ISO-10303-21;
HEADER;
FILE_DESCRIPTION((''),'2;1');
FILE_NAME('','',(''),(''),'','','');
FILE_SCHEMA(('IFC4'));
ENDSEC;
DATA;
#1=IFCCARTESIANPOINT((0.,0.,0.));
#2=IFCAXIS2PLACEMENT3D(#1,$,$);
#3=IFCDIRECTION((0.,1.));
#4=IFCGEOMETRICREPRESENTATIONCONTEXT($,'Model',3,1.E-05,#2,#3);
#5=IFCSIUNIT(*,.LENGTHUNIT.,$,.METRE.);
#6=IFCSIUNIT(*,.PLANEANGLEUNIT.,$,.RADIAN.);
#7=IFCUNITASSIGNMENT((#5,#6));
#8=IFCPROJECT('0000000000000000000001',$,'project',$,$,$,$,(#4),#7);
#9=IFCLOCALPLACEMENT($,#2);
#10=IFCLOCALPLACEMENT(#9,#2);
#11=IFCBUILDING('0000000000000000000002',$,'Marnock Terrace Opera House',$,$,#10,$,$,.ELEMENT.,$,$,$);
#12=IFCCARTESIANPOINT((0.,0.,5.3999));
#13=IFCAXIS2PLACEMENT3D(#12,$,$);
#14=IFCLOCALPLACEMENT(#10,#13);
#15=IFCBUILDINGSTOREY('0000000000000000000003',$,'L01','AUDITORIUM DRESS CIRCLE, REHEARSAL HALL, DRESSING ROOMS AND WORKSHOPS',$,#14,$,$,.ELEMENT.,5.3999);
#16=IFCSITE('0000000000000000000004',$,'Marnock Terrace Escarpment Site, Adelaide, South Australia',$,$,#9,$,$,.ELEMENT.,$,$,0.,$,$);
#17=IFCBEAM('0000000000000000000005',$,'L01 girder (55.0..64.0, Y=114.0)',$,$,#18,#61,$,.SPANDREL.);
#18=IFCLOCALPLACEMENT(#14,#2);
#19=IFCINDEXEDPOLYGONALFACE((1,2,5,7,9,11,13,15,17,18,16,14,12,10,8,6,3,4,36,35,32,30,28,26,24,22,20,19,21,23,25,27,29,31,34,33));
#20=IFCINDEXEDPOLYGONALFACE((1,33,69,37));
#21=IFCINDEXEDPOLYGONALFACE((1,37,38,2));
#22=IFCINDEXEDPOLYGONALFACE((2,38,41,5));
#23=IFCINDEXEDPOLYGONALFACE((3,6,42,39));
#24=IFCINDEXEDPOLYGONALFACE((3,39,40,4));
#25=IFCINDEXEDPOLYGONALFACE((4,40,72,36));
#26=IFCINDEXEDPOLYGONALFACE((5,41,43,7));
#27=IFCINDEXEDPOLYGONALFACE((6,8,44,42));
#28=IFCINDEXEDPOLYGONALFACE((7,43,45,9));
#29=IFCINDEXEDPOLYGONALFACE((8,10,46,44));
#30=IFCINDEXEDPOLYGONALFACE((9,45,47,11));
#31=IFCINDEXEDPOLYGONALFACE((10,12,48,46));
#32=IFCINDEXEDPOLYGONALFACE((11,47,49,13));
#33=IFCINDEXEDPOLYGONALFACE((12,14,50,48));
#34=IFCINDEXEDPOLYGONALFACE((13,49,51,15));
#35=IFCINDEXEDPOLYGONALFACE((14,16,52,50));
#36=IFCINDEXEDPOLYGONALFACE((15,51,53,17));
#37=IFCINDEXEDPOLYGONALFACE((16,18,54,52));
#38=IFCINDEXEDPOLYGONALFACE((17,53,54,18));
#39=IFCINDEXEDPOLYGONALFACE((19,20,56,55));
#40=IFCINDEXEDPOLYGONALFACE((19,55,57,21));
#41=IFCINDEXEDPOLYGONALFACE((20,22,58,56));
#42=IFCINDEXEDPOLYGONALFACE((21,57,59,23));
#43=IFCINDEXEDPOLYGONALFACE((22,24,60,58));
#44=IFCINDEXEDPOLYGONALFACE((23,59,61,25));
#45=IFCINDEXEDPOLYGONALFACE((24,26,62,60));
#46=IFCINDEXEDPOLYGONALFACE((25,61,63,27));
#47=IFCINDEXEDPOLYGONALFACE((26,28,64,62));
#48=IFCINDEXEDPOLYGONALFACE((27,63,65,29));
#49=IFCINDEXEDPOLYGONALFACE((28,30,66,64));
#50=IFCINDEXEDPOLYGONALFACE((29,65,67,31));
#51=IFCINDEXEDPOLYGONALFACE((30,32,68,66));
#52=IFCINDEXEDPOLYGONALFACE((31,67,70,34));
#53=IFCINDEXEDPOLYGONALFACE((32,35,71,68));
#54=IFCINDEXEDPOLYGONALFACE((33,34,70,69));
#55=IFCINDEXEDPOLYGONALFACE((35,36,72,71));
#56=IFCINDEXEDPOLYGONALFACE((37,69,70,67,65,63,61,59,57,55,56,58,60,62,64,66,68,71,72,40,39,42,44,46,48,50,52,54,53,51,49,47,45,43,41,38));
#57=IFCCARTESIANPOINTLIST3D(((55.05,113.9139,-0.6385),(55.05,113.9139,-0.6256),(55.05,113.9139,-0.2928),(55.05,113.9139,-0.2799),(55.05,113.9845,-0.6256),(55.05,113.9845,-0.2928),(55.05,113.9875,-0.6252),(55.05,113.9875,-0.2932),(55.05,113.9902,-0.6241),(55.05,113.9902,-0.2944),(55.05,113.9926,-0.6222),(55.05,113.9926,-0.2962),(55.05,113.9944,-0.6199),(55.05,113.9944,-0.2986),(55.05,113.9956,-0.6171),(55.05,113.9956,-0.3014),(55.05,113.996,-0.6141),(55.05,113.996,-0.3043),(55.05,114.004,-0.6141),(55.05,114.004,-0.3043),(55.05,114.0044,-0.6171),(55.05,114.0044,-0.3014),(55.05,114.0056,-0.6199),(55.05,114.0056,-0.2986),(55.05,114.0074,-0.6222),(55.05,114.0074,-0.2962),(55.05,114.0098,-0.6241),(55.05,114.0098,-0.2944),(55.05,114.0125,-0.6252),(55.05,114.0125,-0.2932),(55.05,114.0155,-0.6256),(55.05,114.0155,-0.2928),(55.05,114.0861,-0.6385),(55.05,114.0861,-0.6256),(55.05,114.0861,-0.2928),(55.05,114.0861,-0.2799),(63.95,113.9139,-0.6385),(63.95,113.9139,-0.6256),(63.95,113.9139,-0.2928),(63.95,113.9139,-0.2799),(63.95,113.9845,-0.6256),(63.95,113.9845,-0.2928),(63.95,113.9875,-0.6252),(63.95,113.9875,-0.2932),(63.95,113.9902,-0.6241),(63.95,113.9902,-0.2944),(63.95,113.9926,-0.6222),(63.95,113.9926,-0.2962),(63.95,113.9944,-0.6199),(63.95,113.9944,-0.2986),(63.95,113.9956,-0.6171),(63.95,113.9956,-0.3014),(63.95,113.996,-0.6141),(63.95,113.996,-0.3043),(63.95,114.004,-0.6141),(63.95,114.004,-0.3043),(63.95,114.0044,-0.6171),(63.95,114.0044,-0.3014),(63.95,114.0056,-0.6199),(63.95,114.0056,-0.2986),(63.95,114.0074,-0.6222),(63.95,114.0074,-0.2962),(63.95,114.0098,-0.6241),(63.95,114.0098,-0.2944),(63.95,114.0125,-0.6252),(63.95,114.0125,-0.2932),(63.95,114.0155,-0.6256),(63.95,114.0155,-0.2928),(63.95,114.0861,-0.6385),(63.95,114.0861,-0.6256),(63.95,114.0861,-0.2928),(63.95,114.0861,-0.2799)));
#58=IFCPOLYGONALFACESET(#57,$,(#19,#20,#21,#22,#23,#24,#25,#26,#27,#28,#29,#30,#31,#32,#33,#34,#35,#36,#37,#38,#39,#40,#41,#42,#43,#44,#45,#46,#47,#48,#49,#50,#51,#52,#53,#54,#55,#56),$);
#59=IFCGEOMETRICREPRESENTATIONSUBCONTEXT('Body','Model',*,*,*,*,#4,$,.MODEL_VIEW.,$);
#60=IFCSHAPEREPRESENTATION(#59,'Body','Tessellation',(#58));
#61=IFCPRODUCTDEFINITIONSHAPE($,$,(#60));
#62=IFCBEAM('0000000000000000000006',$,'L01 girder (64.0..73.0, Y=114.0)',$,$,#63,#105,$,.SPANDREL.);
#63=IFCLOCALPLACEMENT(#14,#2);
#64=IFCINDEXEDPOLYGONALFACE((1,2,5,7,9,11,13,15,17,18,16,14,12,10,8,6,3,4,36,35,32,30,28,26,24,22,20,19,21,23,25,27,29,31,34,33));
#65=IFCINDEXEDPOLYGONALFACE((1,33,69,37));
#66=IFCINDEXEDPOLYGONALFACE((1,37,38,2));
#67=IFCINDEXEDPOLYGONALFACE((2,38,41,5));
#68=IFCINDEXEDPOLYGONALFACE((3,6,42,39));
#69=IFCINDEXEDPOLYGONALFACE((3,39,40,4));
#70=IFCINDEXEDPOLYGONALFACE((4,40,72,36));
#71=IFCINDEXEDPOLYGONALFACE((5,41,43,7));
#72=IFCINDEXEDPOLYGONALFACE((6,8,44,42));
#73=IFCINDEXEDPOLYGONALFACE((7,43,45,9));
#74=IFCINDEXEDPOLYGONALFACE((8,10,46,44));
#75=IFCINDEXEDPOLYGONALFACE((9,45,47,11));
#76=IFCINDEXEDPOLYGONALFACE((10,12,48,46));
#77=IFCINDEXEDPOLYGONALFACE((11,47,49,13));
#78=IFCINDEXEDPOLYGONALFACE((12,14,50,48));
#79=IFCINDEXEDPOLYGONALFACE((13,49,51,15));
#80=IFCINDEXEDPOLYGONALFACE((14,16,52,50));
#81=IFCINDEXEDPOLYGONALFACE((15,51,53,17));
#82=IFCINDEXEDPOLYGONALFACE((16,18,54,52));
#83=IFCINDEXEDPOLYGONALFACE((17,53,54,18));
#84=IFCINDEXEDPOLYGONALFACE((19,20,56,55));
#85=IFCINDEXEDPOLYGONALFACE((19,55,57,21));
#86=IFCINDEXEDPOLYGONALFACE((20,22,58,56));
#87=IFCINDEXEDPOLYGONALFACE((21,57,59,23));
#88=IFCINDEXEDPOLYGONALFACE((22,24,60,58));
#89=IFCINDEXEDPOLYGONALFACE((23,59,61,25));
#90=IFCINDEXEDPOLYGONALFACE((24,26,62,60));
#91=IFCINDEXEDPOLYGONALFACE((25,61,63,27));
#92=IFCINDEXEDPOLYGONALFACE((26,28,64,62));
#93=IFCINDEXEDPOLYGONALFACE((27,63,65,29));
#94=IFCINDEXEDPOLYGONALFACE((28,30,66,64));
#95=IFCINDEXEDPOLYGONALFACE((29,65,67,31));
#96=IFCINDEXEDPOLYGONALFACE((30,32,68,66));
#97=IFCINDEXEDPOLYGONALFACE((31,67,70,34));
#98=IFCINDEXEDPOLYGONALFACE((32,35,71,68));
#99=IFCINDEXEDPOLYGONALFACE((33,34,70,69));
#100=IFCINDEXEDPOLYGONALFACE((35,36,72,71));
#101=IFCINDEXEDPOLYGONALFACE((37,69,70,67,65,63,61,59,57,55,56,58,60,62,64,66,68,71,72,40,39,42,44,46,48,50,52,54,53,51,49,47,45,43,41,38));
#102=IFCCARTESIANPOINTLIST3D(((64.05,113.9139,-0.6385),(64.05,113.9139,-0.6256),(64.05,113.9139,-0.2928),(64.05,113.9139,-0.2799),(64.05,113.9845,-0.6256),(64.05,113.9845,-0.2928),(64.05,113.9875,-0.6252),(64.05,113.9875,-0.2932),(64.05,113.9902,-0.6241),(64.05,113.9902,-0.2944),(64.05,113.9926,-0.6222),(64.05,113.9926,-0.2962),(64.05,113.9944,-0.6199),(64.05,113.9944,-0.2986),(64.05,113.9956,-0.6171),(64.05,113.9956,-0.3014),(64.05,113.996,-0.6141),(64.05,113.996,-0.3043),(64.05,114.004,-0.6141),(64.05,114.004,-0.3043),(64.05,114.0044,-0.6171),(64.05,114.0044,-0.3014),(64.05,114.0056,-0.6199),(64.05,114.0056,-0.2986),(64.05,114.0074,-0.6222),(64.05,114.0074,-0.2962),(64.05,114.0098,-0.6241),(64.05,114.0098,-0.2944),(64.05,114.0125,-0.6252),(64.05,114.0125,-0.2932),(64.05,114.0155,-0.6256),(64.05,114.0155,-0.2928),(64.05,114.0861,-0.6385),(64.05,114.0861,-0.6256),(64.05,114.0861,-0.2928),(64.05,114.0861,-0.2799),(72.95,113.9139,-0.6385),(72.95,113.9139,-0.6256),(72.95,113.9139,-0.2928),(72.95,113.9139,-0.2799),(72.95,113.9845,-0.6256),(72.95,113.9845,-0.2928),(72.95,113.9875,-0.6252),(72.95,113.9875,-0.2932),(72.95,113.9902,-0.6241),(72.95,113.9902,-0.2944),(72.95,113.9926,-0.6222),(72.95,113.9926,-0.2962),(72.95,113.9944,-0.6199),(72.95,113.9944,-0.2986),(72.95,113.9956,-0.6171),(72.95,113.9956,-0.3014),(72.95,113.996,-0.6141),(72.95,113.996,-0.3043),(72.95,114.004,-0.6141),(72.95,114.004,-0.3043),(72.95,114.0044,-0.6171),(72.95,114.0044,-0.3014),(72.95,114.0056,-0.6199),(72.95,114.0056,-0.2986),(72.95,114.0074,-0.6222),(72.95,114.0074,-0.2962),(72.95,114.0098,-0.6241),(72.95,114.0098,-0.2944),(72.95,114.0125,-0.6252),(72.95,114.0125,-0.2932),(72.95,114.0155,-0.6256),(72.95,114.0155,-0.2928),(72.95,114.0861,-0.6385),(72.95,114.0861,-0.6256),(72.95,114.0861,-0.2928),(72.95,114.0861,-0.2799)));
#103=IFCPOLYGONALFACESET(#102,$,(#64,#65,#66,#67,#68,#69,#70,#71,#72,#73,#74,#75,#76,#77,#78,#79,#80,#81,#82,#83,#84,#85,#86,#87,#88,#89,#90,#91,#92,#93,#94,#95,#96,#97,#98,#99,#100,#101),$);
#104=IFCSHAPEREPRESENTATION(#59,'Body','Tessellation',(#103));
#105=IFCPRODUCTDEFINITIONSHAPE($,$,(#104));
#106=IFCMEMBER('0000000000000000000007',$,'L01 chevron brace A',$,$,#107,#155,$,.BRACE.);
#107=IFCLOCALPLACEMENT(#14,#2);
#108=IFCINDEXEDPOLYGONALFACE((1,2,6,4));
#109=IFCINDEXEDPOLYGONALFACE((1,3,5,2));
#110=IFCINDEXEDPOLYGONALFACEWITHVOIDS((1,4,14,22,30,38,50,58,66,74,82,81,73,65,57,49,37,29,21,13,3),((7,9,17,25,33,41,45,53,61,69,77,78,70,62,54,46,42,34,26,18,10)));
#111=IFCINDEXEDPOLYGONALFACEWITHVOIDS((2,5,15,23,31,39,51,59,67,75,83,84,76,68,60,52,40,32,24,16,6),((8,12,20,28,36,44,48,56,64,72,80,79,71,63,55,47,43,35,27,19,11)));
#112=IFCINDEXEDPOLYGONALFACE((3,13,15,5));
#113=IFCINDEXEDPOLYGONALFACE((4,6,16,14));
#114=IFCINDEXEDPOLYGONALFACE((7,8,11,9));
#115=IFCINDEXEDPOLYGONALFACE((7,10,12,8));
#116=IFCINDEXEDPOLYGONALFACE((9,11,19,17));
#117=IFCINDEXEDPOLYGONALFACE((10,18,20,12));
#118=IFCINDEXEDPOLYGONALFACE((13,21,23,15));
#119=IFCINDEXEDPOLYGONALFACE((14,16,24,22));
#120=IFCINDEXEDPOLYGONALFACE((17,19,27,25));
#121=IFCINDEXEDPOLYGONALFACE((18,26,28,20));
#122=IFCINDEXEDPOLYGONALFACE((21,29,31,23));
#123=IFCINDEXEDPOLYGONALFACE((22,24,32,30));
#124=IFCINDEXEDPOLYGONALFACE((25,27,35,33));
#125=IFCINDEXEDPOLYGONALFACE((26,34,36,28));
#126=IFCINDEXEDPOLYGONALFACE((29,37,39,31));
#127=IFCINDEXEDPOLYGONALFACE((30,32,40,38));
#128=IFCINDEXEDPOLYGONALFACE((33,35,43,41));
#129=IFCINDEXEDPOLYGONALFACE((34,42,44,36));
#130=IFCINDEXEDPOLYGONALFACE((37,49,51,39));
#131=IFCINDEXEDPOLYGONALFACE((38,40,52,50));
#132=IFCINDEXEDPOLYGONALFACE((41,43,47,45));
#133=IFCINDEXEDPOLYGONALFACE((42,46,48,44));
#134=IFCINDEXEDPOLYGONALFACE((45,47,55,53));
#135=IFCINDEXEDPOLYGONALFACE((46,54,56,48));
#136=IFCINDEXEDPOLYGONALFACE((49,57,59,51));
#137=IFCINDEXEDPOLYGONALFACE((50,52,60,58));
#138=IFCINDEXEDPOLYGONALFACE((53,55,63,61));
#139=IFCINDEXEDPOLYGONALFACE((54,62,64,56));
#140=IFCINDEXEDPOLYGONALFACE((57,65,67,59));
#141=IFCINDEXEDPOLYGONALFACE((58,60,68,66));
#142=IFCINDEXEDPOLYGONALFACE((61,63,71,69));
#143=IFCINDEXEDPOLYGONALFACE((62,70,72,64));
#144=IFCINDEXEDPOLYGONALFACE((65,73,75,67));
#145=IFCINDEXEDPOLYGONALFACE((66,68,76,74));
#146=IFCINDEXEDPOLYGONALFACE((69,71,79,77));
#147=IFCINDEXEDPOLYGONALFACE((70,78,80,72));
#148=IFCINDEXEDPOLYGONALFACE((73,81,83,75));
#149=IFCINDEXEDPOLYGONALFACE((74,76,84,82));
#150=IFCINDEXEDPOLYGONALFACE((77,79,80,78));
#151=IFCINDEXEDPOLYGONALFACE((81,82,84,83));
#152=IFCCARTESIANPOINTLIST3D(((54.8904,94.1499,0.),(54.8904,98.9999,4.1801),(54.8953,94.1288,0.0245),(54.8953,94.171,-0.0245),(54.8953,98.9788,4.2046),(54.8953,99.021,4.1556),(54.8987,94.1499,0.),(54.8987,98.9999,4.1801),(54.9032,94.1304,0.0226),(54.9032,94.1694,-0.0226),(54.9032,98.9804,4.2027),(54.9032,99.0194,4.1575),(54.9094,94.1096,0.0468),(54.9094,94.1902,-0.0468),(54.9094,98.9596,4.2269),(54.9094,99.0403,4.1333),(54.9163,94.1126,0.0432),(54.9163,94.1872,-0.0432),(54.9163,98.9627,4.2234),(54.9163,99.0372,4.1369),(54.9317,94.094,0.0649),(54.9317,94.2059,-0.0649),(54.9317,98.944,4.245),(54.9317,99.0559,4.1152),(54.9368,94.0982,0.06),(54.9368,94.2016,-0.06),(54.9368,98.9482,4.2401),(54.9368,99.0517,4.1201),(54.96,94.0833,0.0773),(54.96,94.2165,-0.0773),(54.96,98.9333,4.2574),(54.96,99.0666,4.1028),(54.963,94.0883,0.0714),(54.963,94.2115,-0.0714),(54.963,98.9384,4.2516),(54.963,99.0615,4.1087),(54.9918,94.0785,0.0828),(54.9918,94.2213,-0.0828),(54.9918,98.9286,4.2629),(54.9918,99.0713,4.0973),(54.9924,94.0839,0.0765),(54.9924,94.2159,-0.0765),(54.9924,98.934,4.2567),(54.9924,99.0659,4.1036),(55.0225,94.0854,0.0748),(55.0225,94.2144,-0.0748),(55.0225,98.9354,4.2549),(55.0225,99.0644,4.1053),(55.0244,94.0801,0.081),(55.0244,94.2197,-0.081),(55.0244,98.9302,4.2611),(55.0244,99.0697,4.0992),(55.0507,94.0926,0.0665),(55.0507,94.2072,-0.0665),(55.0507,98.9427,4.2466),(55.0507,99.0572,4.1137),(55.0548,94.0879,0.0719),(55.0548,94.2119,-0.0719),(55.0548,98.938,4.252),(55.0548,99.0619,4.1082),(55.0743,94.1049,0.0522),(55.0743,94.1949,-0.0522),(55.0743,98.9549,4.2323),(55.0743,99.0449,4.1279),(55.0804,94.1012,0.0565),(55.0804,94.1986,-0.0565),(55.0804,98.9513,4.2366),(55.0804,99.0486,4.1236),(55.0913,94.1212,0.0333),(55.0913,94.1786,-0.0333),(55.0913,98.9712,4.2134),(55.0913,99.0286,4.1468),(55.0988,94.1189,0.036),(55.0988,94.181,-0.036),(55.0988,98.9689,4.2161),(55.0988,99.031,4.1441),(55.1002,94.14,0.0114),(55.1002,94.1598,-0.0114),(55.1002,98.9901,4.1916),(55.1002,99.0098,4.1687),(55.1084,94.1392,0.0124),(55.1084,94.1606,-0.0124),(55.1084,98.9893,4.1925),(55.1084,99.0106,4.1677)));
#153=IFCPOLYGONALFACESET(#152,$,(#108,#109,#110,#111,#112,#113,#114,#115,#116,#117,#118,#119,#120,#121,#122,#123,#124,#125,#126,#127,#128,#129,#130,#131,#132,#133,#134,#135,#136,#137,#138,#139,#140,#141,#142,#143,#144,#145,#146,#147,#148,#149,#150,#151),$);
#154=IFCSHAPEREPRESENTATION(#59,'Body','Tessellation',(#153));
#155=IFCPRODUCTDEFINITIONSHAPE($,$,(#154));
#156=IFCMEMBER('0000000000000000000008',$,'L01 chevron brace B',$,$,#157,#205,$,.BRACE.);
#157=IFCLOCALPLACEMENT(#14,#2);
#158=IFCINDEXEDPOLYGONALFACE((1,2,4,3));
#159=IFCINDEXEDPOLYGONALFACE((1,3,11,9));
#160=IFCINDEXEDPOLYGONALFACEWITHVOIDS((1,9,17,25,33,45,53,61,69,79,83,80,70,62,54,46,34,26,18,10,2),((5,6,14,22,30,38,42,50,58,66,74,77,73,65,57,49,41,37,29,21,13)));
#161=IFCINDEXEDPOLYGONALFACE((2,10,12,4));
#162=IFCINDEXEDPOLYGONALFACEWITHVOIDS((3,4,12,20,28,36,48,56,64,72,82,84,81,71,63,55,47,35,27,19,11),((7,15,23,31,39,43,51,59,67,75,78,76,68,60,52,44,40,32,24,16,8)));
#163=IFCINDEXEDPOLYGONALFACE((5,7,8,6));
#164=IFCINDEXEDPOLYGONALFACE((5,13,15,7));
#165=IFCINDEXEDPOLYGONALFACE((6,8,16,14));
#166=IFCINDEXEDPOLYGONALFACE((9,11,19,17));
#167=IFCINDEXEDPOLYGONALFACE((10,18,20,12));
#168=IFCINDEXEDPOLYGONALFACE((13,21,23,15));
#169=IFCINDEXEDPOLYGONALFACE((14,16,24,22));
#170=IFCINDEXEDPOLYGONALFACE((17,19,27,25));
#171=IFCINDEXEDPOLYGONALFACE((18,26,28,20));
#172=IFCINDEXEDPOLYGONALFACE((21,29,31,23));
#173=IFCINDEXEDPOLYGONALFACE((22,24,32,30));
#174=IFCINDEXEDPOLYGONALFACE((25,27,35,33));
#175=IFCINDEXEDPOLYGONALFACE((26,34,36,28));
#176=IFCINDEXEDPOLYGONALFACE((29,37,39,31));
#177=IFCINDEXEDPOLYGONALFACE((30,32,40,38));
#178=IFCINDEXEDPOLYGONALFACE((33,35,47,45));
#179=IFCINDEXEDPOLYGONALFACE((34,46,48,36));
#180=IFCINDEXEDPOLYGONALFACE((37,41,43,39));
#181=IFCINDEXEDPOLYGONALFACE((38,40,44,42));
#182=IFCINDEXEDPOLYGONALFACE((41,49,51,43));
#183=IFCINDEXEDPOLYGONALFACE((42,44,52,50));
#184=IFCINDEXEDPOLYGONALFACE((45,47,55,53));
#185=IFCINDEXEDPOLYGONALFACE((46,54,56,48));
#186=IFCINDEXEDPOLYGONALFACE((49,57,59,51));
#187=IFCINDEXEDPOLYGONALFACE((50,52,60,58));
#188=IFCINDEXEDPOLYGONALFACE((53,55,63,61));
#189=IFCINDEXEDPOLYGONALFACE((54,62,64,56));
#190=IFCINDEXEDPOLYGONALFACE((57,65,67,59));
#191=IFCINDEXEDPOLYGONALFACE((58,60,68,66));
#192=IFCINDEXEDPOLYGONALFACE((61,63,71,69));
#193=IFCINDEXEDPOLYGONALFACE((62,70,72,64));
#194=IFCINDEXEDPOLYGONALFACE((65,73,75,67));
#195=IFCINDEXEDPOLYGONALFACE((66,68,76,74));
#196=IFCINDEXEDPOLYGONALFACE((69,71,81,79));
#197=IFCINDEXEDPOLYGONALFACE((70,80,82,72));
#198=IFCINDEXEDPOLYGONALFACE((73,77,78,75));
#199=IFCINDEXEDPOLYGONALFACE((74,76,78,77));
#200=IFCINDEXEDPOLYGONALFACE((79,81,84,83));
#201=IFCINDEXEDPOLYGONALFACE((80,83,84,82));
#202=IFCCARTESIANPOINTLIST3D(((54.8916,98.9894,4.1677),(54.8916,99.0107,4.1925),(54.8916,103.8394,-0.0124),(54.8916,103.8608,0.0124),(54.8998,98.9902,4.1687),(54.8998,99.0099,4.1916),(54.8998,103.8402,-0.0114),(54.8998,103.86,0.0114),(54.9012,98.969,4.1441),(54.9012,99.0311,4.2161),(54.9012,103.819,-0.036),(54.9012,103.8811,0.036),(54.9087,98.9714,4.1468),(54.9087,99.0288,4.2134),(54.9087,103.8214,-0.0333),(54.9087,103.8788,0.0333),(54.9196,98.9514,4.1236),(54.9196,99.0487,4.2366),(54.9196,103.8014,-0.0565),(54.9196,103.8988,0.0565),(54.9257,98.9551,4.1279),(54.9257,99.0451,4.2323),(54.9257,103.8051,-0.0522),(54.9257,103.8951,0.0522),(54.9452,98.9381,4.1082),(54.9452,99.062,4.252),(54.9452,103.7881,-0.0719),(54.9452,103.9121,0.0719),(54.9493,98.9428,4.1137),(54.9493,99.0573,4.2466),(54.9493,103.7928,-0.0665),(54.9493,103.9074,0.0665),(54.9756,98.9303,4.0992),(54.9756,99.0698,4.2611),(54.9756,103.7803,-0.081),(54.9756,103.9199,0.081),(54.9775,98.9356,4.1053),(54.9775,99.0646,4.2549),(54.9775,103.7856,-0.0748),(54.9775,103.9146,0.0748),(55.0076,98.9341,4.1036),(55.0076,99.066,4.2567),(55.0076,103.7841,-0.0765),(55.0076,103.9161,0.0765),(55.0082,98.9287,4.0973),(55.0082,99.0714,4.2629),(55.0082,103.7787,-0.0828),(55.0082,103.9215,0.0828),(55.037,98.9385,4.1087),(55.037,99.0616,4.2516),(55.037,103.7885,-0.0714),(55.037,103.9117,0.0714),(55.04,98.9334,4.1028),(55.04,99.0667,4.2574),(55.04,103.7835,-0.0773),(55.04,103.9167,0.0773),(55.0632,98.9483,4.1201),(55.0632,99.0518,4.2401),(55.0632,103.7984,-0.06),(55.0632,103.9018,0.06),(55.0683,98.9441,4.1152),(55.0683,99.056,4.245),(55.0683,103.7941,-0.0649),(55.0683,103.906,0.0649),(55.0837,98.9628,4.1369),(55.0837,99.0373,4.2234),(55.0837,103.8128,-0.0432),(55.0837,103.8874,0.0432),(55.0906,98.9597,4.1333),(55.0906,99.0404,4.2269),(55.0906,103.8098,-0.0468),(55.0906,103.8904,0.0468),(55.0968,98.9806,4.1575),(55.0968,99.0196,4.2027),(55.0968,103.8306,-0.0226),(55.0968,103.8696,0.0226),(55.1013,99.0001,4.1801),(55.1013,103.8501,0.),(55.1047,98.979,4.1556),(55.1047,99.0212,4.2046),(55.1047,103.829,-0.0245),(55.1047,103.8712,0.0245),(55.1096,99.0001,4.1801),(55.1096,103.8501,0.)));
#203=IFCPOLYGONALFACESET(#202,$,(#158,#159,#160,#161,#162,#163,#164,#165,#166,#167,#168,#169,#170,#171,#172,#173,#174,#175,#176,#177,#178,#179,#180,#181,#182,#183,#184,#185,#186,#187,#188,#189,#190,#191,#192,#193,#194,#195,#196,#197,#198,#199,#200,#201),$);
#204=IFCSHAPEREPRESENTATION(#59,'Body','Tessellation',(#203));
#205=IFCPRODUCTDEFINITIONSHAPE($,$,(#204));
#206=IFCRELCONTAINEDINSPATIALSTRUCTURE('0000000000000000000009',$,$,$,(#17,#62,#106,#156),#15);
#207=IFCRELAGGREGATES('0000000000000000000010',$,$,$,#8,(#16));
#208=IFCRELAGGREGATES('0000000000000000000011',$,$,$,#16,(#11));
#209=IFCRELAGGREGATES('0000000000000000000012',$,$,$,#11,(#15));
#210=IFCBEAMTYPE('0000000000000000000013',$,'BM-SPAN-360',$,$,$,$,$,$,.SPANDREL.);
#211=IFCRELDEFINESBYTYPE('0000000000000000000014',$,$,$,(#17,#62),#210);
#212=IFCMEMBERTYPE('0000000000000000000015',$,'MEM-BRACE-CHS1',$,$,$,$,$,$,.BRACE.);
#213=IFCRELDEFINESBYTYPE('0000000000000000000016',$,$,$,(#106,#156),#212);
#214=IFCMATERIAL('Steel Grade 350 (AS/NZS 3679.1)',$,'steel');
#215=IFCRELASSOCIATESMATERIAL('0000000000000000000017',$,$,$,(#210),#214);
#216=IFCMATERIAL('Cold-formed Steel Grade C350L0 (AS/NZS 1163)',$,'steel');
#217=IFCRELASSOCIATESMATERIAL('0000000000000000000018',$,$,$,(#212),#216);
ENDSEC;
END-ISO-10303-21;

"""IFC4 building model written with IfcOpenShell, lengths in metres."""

from ifc_helpers import new_model, si_unit, direction, frame, origin, origin_2d, place, context, subcontext, project, spatial, hollow_circle, i_section, extrude, material, material_profile, profile_set, type_object, element, save


model = new_model("IFC4")

# Units and contexts
model_context = context("Model", 3, precision=1e-05, world=origin(), true_north=direction((0.0, 1.0)))
body_context = subcontext(model_context, "Body", "Model", "MODEL_VIEW")
ifc_project = project(units=[si_unit("LENGTHUNIT", "METRE"), si_unit("PLANEANGLEUNIT", "RADIAN")], contexts=[model_context])

# Site, building, storey
site_placement = place(None, origin())
site = spatial("IfcSite", under=ifc_project, at=site_placement, Name="Marnock Terrace Escarpment Site, Adelaide, South Australia", CompositionType="ELEMENT", RefElevation=0.0)
building_placement = place(site_placement, origin())
building = spatial("IfcBuilding", under=site, at=building_placement, Name="Marnock Terrace Opera House", CompositionType="ELEMENT")
storey_placement = place(building_placement, frame((0.0, 0.0, 5.3999)))
storey = spatial("IfcBuildingStorey", under=building, at=storey_placement, Name="L01", Description="AUDITORIUM DRESS CIRCLE, REHEARSAL HALL, DRESSING ROOMS AND WORKSHOPS", CompositionType="ELEMENT", Elevation=5.3999)

# Beams
ifc_material_1 = material(Name="Steel Grade 350 (AS/NZS 3679.1)", Category="steel")
ifc_material_profile_1 = material_profile(ifc_material_1, i_section(OverallWidth=0.1721, OverallDepth=0.3586, WebThickness=0.0081, FlangeThickness=0.0129, FilletRadius=0.0115, at=origin_2d()))
ifc_profile_set_1 = profile_set([ifc_material_profile_1], Name="Steel Grade 350 (AS/NZS 3679.1)")
beam_type_1 = type_object("IfcBeamType", Name="BM-SPAN-360", PredefinedType="SPANDREL", material=ifc_profile_set_1)
for number, where, z_axis, x_axis, name in (
    (1, (55.05, 114.0, -0.4592), (1.0, 0.0, 0.0), (0.0, 1.0, 0.0), "L01 girder (55.0..64.0, Y=114.0)"),
    (2, (64.05, 114.0, -0.4592), (1.0, 0.0, 0.0), (0.0, 1.0, 0.0), "L01 girder (64.0..73.0, Y=114.0)"),
):
    element("IfcBeam", number, at=place(storey_placement, frame(where, z_axis=z_axis, x_axis=x_axis)), inside=storey, type_object=beam_type_1, Name=name, PredefinedType="SPANDREL", context=body_context, shape_type="SweptSolid", body=[
        extrude(i_section(OverallWidth=0.1721, OverallDepth=0.3586, WebThickness=0.0081, FlangeThickness=0.0129, FilletRadius=0.0115, at=origin_2d()), origin(), (0.0, 0.0, 1.0), 8.8999),
    ])

# Members
ifc_material_2 = material(Name="Cold-formed Steel Grade C350L0 (AS/NZS 1163)", Category="steel")
ifc_material_profile_2 = material_profile(ifc_material_2, hollow_circle(Radius=0.1096, WallThickness=0.0083, at=origin_2d()))
ifc_profile_set_2 = profile_set([ifc_material_profile_2], Name="Cold-formed Steel Grade C350L0 (AS/NZS 1163)")
member_type = type_object("IfcMemberType", Name="MEM-BRACE-CHS1", PredefinedType="BRACE", material=ifc_profile_set_2)
for number, where, z_axis, x_axis, name in (
    (3, (55.0, 94.1499, 0.0), (0.0, 0.757483, 0.652855), (-1.0, 0.0, 0.0), "L01 chevron brace A"),
    (4, (55.0, 103.8501, 0.0), (0.0, -0.757483, 0.652855), (1.0, 0.0, 0.0), "L01 chevron brace B"),
):
    element("IfcMember", number, at=place(storey_placement, frame(where, z_axis=z_axis, x_axis=x_axis)), inside=storey, type_object=member_type, Name=name, PredefinedType="BRACE", context=body_context, shape_type="SweptSolid", body=[
        extrude(hollow_circle(Radius=0.1096, WallThickness=0.0083, at=origin_2d()), origin(), (0.0, 0.0, 1.0), 6.4028),
    ])

save(model, "model.ifc")
